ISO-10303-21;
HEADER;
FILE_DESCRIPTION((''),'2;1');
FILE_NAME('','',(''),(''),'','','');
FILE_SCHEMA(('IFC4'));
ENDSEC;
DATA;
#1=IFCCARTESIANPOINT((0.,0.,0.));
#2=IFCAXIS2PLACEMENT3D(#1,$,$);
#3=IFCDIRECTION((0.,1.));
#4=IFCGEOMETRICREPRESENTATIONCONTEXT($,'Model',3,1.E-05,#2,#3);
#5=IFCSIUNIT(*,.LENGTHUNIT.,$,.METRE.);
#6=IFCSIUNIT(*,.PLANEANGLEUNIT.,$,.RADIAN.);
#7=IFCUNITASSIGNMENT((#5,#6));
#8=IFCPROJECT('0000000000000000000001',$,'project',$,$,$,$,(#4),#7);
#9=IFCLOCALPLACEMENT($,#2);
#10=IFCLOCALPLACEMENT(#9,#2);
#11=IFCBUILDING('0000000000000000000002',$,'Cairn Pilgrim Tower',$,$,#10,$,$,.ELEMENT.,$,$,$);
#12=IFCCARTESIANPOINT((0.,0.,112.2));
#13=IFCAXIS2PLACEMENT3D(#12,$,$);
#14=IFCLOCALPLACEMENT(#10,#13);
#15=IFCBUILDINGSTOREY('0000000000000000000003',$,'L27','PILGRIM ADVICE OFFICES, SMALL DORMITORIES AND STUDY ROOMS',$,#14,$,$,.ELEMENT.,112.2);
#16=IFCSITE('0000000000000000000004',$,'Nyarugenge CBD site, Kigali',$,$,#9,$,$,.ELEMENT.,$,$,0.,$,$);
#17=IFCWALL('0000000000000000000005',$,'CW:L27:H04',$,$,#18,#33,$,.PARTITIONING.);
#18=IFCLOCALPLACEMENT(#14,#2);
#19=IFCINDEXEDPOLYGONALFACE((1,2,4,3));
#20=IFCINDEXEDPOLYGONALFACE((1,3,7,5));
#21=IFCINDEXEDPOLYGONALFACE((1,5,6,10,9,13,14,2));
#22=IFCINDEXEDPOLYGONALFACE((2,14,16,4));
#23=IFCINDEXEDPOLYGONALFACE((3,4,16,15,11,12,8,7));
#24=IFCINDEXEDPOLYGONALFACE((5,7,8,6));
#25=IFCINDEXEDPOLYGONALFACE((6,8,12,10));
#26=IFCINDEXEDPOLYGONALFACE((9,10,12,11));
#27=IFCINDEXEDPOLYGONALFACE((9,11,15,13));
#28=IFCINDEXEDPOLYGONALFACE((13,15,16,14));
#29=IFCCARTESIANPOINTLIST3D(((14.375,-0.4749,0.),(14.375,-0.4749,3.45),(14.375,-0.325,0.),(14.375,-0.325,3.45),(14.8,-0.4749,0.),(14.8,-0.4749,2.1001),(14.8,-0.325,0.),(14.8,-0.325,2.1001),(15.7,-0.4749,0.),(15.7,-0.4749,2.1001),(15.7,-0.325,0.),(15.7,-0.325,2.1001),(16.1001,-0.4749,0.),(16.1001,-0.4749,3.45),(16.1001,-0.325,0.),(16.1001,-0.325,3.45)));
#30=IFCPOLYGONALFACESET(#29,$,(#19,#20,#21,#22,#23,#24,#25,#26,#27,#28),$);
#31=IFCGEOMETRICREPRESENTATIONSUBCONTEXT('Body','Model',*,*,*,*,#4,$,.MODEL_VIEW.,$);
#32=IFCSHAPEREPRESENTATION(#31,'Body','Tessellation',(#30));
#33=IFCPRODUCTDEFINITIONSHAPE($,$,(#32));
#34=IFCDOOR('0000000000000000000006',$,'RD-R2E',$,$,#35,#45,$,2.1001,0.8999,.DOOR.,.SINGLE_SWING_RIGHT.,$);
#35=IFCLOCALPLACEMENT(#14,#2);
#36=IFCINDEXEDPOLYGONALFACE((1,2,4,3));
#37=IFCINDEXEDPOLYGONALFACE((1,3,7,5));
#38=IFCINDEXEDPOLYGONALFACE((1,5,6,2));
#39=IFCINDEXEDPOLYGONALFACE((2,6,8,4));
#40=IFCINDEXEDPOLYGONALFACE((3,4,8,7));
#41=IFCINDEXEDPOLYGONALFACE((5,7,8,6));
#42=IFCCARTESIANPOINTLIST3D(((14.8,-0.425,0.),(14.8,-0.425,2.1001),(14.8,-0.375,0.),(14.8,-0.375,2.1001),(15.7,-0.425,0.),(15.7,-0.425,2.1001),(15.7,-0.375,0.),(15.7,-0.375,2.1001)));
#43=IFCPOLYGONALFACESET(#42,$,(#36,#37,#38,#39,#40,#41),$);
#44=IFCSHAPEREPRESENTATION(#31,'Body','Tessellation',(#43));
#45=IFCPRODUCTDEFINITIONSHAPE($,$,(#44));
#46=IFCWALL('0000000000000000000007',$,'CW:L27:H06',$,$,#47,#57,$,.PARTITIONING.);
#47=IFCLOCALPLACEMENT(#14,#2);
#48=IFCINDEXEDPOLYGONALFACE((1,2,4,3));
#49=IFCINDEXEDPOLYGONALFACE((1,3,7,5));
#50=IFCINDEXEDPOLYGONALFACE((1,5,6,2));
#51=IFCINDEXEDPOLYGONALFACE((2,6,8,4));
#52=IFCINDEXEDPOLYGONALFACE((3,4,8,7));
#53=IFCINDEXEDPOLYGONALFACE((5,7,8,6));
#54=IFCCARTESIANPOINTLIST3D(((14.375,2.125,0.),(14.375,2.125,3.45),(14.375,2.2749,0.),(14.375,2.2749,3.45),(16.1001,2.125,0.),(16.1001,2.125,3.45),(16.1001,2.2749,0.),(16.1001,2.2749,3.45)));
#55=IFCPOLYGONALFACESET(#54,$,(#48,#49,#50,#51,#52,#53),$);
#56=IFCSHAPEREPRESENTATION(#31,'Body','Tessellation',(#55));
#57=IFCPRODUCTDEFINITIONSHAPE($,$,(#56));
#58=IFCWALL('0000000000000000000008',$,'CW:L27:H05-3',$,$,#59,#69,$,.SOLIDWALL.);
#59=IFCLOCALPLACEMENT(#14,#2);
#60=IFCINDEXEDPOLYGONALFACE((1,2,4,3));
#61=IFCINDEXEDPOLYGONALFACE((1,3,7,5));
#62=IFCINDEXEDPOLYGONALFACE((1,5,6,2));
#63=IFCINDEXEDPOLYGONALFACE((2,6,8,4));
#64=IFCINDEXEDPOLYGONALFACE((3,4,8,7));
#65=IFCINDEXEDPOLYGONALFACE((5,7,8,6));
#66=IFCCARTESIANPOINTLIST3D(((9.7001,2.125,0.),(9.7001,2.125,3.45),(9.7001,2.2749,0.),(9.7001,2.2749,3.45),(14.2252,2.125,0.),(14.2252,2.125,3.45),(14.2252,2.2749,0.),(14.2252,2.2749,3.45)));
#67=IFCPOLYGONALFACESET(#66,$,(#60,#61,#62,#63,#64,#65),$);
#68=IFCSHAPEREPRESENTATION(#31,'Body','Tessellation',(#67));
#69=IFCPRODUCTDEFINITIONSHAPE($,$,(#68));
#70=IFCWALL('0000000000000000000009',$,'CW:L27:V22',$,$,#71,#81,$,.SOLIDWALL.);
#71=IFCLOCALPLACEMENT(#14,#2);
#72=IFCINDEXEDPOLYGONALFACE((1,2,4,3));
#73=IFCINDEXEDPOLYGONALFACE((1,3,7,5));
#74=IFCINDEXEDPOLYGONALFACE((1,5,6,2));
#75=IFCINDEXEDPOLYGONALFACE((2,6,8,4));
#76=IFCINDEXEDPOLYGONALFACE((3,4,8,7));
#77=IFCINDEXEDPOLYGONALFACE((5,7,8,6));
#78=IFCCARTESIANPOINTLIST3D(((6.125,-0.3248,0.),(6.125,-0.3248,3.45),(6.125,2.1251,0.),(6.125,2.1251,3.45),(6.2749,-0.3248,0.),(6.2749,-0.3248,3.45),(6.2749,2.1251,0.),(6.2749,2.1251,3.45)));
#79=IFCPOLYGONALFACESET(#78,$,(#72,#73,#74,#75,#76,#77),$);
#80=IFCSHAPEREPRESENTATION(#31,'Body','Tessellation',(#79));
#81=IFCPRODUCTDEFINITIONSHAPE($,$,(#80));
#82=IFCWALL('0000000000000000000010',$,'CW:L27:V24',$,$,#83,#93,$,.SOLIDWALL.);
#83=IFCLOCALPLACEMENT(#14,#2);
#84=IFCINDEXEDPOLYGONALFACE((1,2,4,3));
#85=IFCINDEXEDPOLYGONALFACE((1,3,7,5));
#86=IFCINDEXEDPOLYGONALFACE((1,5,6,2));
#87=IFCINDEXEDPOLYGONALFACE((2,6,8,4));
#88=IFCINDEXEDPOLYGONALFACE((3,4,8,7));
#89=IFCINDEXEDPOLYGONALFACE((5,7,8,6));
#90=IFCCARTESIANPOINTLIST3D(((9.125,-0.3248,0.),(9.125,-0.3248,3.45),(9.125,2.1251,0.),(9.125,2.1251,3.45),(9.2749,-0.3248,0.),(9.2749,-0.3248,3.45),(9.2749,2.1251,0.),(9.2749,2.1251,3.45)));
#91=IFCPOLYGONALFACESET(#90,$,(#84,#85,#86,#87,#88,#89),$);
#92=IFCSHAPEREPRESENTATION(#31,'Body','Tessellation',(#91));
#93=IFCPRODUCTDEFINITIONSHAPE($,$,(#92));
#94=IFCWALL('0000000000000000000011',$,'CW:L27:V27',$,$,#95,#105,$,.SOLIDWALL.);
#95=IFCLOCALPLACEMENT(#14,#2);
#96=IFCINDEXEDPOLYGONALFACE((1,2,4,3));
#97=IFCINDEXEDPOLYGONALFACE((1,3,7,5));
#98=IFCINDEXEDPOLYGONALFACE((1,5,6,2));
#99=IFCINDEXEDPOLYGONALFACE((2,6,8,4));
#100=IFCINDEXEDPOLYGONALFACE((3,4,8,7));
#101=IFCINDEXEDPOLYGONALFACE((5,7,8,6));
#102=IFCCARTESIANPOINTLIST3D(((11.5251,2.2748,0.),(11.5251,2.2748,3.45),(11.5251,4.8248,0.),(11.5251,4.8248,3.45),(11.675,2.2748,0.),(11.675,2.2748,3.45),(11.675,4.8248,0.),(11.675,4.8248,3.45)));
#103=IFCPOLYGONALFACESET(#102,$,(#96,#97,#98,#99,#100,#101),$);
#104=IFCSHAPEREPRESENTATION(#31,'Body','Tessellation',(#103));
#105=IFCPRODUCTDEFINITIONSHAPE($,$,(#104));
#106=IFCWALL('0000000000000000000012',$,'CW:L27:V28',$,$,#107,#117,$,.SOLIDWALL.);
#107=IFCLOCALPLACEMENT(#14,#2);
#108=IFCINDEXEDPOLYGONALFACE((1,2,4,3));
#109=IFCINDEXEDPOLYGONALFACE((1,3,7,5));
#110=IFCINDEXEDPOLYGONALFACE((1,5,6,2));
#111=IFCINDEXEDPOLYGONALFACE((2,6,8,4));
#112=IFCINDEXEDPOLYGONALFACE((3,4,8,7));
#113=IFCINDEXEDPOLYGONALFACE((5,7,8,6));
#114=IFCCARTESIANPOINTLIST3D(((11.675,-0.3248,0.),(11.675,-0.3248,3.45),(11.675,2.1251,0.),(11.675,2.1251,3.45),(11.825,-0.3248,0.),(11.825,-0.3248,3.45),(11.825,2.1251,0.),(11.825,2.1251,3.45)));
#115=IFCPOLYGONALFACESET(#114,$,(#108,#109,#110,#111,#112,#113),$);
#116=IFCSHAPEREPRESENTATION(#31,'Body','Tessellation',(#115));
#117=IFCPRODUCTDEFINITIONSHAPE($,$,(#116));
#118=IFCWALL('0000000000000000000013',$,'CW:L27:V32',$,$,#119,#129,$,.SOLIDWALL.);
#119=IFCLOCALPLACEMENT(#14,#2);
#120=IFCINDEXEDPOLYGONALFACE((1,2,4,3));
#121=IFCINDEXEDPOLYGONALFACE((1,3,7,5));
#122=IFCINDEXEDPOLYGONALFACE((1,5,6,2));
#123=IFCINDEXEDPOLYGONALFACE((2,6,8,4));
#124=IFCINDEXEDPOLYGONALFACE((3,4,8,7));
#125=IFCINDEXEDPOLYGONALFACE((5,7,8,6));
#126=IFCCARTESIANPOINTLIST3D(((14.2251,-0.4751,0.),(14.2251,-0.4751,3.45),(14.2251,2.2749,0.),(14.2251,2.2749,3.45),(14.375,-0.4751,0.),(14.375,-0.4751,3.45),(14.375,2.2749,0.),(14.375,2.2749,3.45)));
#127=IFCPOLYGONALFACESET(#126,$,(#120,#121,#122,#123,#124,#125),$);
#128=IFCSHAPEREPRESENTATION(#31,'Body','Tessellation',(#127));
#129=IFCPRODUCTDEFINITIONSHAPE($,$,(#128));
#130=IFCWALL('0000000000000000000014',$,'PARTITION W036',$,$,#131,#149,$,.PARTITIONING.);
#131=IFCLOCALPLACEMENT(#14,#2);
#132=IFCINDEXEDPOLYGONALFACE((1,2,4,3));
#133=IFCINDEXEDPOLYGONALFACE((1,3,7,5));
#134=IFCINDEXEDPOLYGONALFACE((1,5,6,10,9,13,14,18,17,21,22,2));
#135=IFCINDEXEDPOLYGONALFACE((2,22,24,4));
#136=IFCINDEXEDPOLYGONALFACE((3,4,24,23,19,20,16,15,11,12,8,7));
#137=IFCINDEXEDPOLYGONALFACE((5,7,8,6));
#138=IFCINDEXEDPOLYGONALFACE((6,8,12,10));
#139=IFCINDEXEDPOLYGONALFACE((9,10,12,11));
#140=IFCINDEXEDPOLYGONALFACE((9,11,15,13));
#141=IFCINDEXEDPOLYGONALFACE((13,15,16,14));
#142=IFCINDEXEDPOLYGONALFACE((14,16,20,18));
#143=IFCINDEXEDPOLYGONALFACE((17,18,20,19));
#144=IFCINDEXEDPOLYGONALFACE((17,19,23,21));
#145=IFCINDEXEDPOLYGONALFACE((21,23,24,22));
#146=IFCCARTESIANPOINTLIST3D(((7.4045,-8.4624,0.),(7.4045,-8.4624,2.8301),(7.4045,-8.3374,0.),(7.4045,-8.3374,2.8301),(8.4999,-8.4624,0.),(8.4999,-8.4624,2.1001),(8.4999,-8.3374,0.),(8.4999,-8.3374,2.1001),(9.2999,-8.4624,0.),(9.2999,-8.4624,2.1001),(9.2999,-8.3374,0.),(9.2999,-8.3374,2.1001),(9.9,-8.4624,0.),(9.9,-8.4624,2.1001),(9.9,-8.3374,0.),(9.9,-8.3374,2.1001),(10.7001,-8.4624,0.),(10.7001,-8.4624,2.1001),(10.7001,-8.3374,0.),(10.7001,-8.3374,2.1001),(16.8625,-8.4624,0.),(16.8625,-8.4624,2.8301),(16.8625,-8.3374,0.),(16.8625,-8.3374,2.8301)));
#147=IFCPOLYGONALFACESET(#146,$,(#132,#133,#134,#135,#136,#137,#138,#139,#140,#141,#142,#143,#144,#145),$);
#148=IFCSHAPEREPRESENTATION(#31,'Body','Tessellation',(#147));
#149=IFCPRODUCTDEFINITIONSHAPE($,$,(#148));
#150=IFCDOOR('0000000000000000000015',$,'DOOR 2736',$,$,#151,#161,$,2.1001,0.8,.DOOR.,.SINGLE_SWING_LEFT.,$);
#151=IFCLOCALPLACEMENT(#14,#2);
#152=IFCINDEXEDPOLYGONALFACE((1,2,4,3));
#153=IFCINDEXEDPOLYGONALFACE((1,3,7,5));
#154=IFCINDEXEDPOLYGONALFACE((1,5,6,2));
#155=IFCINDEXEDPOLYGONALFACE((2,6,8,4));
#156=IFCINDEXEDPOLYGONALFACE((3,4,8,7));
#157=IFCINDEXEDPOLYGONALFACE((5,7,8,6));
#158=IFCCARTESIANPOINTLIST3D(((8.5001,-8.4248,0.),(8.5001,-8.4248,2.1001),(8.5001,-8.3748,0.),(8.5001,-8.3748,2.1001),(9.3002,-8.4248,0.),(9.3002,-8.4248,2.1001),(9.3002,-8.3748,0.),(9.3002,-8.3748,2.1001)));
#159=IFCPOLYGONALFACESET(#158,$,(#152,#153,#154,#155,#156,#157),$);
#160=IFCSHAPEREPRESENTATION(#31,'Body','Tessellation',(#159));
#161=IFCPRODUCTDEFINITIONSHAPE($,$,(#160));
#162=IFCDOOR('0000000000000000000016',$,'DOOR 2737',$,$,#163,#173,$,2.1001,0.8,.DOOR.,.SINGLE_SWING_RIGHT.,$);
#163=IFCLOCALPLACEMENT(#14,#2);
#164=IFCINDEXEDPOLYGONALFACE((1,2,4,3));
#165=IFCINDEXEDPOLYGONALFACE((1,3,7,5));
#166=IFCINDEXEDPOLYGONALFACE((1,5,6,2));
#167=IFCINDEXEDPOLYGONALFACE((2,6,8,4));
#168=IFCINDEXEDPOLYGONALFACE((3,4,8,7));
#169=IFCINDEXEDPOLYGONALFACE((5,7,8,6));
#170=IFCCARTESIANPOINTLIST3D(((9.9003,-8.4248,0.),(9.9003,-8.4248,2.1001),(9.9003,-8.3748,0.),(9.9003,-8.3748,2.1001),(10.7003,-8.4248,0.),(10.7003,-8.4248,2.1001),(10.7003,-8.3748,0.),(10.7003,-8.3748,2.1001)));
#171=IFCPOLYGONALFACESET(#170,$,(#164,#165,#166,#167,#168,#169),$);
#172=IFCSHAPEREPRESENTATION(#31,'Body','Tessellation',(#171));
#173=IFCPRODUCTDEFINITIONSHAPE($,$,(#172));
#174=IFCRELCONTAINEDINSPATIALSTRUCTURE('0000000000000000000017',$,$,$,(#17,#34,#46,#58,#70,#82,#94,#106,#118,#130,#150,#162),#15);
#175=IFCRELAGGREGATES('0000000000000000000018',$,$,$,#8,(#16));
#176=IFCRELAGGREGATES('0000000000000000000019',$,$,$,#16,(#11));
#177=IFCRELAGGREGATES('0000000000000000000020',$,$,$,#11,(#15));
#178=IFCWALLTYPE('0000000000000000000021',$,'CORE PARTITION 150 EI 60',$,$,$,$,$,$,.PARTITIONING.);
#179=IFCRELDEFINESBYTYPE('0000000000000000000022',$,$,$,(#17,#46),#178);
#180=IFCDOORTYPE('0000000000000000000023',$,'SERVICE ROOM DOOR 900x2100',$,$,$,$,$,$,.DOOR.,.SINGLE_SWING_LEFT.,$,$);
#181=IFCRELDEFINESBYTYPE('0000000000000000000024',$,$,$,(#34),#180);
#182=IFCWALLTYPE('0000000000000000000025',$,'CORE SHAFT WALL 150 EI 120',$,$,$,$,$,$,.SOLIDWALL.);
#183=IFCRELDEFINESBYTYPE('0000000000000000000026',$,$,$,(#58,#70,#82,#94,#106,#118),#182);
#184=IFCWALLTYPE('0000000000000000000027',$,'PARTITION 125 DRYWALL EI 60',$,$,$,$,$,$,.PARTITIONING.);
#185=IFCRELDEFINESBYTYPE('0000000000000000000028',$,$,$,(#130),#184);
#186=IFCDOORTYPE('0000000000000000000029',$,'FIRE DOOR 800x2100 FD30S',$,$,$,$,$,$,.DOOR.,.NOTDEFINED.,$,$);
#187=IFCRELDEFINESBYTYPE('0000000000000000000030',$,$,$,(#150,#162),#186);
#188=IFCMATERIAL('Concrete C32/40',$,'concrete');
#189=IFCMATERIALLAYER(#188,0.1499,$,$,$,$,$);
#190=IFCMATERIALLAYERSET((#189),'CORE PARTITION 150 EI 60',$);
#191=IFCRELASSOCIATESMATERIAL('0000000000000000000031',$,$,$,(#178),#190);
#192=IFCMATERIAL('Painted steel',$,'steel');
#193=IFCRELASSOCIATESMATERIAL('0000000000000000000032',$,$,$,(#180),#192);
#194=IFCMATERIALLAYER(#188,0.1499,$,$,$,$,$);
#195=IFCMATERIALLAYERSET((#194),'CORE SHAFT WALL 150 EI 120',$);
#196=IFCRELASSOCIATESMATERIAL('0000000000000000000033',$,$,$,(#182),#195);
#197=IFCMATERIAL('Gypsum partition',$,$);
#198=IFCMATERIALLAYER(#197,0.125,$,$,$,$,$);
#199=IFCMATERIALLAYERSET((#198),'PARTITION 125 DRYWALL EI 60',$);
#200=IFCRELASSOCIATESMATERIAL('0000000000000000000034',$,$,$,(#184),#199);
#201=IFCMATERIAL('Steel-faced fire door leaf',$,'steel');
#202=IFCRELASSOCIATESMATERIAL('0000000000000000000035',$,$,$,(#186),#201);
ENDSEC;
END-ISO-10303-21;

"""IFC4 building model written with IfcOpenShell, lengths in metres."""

from ifc_helpers import new_model, si_unit, direction, frame, frame_2d, origin, place, context, subcontext, project, spatial, rectangle, extrude, material, layer, layer_set, type_object, element, fill, save


model = new_model("IFC4")

# Units and contexts
model_context = context("Model", 3, precision=1e-05, world=origin(), true_north=direction((0.0, 1.0)))
body_context = subcontext(model_context, "Body", "Model", "MODEL_VIEW")
ifc_project = project(units=[si_unit("LENGTHUNIT", "METRE"), si_unit("PLANEANGLEUNIT", "RADIAN")], contexts=[model_context])

# Site, building, storey
site_placement = place(None, origin())
site = spatial("IfcSite", under=ifc_project, at=site_placement, Name="Nyarugenge CBD site, Kigali", CompositionType="ELEMENT", RefElevation=0.0)
building_placement = place(site_placement, origin())
building = spatial("IfcBuilding", under=site, at=building_placement, Name="Cairn Pilgrim Tower", CompositionType="ELEMENT")
storey_placement = place(building_placement, frame((0.0, 0.0, 112.2)))
storey = spatial("IfcBuildingStorey", under=building, at=storey_placement, Name="L27", Description="PILGRIM ADVICE OFFICES, SMALL DORMITORIES AND STUDY ROOMS", CompositionType="ELEMENT", Elevation=112.2)

# Shared definitions
ifc_material_1 = material(Name="Concrete C32/40", Category="concrete")

# Shared definitions
ifc_material_2 = material(Name="Painted steel", Category="steel")

# Wall, opening, door
ifc_layer_1 = layer(ifc_material_1, 0.1499)
ifc_layer_set_1 = layer_set([ifc_layer_1], Name="CORE PARTITION 150 EI 60")
wall_type_1 = type_object("IfcWallType", Name="CORE PARTITION 150 EI 60", PredefinedType="PARTITIONING", material=ifc_layer_set_1)
wall_1_placement = place(storey_placement, frame((14.375, -0.3999, 0.0), z_axis=(0.0, 0.0, 1.0), x_axis=(1.0, 0.0, 0.0)))
wall_1 = element("IfcWall", 1, at=wall_1_placement, inside=storey, type_object=wall_type_1, Name="CW:L27:H04", PredefinedType="PARTITIONING", context=body_context, shape_type="SweptSolid", body=[
    extrude(rectangle(XDim=1.7251, YDim=0.1499, at=frame_2d((0.8625, 0.0))), origin(), (0.0, 0.0, 1.0), 3.45),
])
opening_1_placement = place(wall_1_placement, frame((0.425, 0.0, 0.0)))
opening_1 = element("IfcOpeningElement", 2, at=opening_1_placement, cuts=wall_1, PredefinedType="OPENING", context=body_context, shape_type="SweptSolid", body=[
    extrude(rectangle(XDim=0.8999, YDim=2.1001, at=frame_2d((0.45, 1.05))), frame((0.0, 0.085, 0.0), z_axis=(0.0, -1.0, 0.0), x_axis=(1.0, 0.0, 0.0)), (0.0, 0.0, 1.0), 0.1699),
])
door_type_1 = type_object("IfcDoorType", Name="SERVICE ROOM DOOR 900x2100", OperationType="SINGLE_SWING_LEFT", PredefinedType="DOOR", material=ifc_material_2)
door_1_placement = place(opening_1_placement, origin())
door_1 = element("IfcDoor", 3, at=door_1_placement, inside=storey, type_object=door_type_1, Name="RD-R2E", OperationType="SINGLE_SWING_RIGHT", OverallHeight=2.1001, OverallWidth=0.8999, PredefinedType="DOOR", context=body_context, shape_type="SweptSolid", body=[
    extrude(rectangle(XDim=0.8999, YDim=2.1001, at=frame_2d((0.45, 1.05))), frame((0.0, 0.0249, 0.0), z_axis=(0.0, -1.0, 0.0), x_axis=(1.0, 0.0, 0.0)), (0.0, 0.0, 1.0), 0.05),
])
fill(opening_1, door_1)

# Walls
wall_2_placement = place(storey_placement, frame((14.375, 2.2, 0.0), z_axis=(0.0, 0.0, 1.0), x_axis=(1.0, 0.0, 0.0)))
element("IfcWall", 4, at=wall_2_placement, inside=storey, type_object=wall_type_1, Name="CW:L27:H06", PredefinedType="PARTITIONING", context=body_context, shape_type="SweptSolid", body=[
    extrude(rectangle(XDim=1.7251, YDim=0.1499, at=frame_2d((0.8625, 0.0))), origin(), (0.0, 0.0, 1.0), 3.45),
])
ifc_layer_2 = layer(ifc_material_1, 0.1499)
ifc_layer_set_2 = layer_set([ifc_layer_2], Name="CORE SHAFT WALL 150 EI 120")
wall_type_2 = type_object("IfcWallType", Name="CORE SHAFT WALL 150 EI 120", PredefinedType="SOLIDWALL", material=ifc_layer_set_2)
wall_3_placement = place(storey_placement, frame((9.7, 2.2, 0.0), z_axis=(0.0, 0.0, 1.0), x_axis=(1.0, 0.0, 0.0)))
element("IfcWall", 5, at=wall_3_placement, inside=storey, type_object=wall_type_2, Name="CW:L27:H05-3", PredefinedType="SOLIDWALL", context=body_context, shape_type="SweptSolid", body=[
    extrude(rectangle(XDim=4.5251, YDim=0.1499, at=frame_2d((2.2627, 0.0))), origin(), (0.0, 0.0, 1.0), 3.45),
])
for number, where, z_axis, x_axis, name in (
    (6, (6.2, -0.325, 0.0), (0.0, 0.0, 1.0), (0.0, 1.0, 0.0), "CW:L27:V22"),
    (7, (9.2, -0.325, 0.0), (0.0, 0.0, 1.0), (0.0, 1.0, 0.0), "CW:L27:V24"),
):
    element("IfcWall", number, at=place(storey_placement, frame(where, z_axis=z_axis, x_axis=x_axis)), inside=storey, type_object=wall_type_2, Name=name, PredefinedType="SOLIDWALL", context=body_context, shape_type="SweptSolid", body=[
        extrude(rectangle(XDim=2.45, YDim=0.1499, at=frame_2d((1.2251, 0.0))), origin(), (0.0, 0.0, 1.0), 3.45),
    ])
wall_4_placement = place(storey_placement, frame((11.6001, 2.2749, 0.0), z_axis=(0.0, 0.0, 1.0), x_axis=(0.0, 1.0, 0.0)))
element("IfcWall", 8, at=wall_4_placement, inside=storey, type_object=wall_type_2, Name="CW:L27:V27", PredefinedType="SOLIDWALL", context=body_context, shape_type="SweptSolid", body=[
    extrude(rectangle(XDim=2.55, YDim=0.1499, at=frame_2d((1.2749, 0.0))), origin(), (0.0, 0.0, 1.0), 3.45),
])
wall_5_placement = place(storey_placement, frame((11.75, -0.325, 0.0), z_axis=(0.0, 0.0, 1.0), x_axis=(0.0, 1.0, 0.0)))
element("IfcWall", 9, at=wall_5_placement, inside=storey, type_object=wall_type_2, Name="CW:L27:V28", PredefinedType="SOLIDWALL", context=body_context, shape_type="SweptSolid", body=[
    extrude(rectangle(XDim=2.45, YDim=0.1499, at=frame_2d((1.2251, 0.0))), origin(), (0.0, 0.0, 1.0), 3.45),
])
wall_6_placement = place(storey_placement, frame((14.3, -0.4751, 0.0), z_axis=(0.0, 0.0, 1.0), x_axis=(0.0, 1.0, 0.0)))
element("IfcWall", 10, at=wall_6_placement, inside=storey, type_object=wall_type_2, Name="CW:L27:V32", PredefinedType="SOLIDWALL", context=body_context, shape_type="SweptSolid", body=[
    extrude(rectangle(XDim=2.75, YDim=0.1499, at=frame_2d((1.375, 0.0))), origin(), (0.0, 0.0, 1.0), 3.45),
])

# Wall, openings, doors
ifc_material_3 = material(Name="Gypsum partition")
ifc_layer_3 = layer(ifc_material_3, 0.125)
ifc_layer_set_3 = layer_set([ifc_layer_3], Name="PARTITION 125 DRYWALL EI 60")
wall_type_3 = type_object("IfcWallType", Name="PARTITION 125 DRYWALL EI 60", PredefinedType="PARTITIONING", material=ifc_layer_set_3)
wall_7_placement = place(storey_placement, frame((7.4045, -8.3999, 0.0), z_axis=(0.0, 0.0, 1.0), x_axis=(1.0, 0.0, 0.0)))
wall_7 = element("IfcWall", 11, at=wall_7_placement, inside=storey, type_object=wall_type_3, Name="PARTITION W036", PredefinedType="PARTITIONING", context=body_context, shape_type="SweptSolid", body=[
    extrude(rectangle(XDim=9.458, YDim=0.125, at=frame_2d((4.729, 0.0))), origin(), (0.0, 0.0, 1.0), 2.8301),
])
opening_2_placement = place(wall_7_placement, frame((1.0955, 0.0, 0.0)))
opening_2 = element("IfcOpeningElement", 12, at=opening_2_placement, cuts=wall_7, PredefinedType="OPENING", context=body_context, shape_type="SweptSolid", body=[
    extrude(rectangle(XDim=0.8, YDim=2.1001, at=frame_2d((0.3999, 1.05))), frame((0.0, 0.0725, 0.0), z_axis=(0.0, -1.0, 0.0), x_axis=(1.0, 0.0, 0.0)), (0.0, 0.0, 1.0), 0.145),
])
opening_3_placement = place(wall_7_placement, frame((2.4956, 0.0, 0.0)))
opening_3 = element("IfcOpeningElement", 13, at=opening_3_placement, cuts=wall_7, PredefinedType="OPENING", context=body_context, shape_type="SweptSolid", body=[
    extrude(rectangle(XDim=0.8, YDim=2.1001, at=frame_2d((0.3999, 1.05))), frame((0.0, 0.0725, 0.0), z_axis=(0.0, -1.0, 0.0), x_axis=(1.0, 0.0, 0.0)), (0.0, 0.0, 1.0), 0.145),
])
ifc_material_4 = material(Name="Steel-faced fire door leaf", Category="steel")
door_type_2 = type_object("IfcDoorType", Name="FIRE DOOR 800x2100 FD30S", OperationType="NOTDEFINED", PredefinedType="DOOR", material=ifc_material_4)
door_2_placement = place(opening_2_placement, frame((0.8, 0.0, 0.0), z_axis=(0.0, 0.0, 1.0), x_axis=(-1.0, 0.0, 0.0)))
door_2 = element("IfcDoor", 14, at=door_2_placement, inside=storey, type_object=door_type_2, Name="DOOR 2736", OperationType="SINGLE_SWING_LEFT", OverallHeight=2.1001, OverallWidth=0.8, PredefinedType="DOOR", context=body_context, shape_type="SweptSolid", body=[
    extrude(rectangle(XDim=0.8, YDim=2.1001, at=frame_2d((0.3999, 1.05))), frame((0.0, 0.0249, 0.0), z_axis=(0.0, -1.0, 0.0), x_axis=(1.0, 0.0, 0.0)), (0.0, 0.0, 1.0), 0.05),
])
fill(opening_2, door_2)
door_3_placement = place(opening_3_placement, frame((0.8, 0.0, 0.0), z_axis=(0.0, 0.0, 1.0), x_axis=(-1.0, 0.0, 0.0)))
door_3 = element("IfcDoor", 15, at=door_3_placement, inside=storey, type_object=door_type_2, Name="DOOR 2737", OperationType="SINGLE_SWING_RIGHT", OverallHeight=2.1001, OverallWidth=0.8, PredefinedType="DOOR", context=body_context, shape_type="SweptSolid", body=[
    extrude(rectangle(XDim=0.8, YDim=2.1001, at=frame_2d((0.3999, 1.05))), frame((0.0, 0.0249, 0.0), z_axis=(0.0, -1.0, 0.0), x_axis=(1.0, 0.0, 0.0)), (0.0, 0.0, 1.0), 0.05),
])
fill(opening_3, door_3)

save(model, "model.ifc")
